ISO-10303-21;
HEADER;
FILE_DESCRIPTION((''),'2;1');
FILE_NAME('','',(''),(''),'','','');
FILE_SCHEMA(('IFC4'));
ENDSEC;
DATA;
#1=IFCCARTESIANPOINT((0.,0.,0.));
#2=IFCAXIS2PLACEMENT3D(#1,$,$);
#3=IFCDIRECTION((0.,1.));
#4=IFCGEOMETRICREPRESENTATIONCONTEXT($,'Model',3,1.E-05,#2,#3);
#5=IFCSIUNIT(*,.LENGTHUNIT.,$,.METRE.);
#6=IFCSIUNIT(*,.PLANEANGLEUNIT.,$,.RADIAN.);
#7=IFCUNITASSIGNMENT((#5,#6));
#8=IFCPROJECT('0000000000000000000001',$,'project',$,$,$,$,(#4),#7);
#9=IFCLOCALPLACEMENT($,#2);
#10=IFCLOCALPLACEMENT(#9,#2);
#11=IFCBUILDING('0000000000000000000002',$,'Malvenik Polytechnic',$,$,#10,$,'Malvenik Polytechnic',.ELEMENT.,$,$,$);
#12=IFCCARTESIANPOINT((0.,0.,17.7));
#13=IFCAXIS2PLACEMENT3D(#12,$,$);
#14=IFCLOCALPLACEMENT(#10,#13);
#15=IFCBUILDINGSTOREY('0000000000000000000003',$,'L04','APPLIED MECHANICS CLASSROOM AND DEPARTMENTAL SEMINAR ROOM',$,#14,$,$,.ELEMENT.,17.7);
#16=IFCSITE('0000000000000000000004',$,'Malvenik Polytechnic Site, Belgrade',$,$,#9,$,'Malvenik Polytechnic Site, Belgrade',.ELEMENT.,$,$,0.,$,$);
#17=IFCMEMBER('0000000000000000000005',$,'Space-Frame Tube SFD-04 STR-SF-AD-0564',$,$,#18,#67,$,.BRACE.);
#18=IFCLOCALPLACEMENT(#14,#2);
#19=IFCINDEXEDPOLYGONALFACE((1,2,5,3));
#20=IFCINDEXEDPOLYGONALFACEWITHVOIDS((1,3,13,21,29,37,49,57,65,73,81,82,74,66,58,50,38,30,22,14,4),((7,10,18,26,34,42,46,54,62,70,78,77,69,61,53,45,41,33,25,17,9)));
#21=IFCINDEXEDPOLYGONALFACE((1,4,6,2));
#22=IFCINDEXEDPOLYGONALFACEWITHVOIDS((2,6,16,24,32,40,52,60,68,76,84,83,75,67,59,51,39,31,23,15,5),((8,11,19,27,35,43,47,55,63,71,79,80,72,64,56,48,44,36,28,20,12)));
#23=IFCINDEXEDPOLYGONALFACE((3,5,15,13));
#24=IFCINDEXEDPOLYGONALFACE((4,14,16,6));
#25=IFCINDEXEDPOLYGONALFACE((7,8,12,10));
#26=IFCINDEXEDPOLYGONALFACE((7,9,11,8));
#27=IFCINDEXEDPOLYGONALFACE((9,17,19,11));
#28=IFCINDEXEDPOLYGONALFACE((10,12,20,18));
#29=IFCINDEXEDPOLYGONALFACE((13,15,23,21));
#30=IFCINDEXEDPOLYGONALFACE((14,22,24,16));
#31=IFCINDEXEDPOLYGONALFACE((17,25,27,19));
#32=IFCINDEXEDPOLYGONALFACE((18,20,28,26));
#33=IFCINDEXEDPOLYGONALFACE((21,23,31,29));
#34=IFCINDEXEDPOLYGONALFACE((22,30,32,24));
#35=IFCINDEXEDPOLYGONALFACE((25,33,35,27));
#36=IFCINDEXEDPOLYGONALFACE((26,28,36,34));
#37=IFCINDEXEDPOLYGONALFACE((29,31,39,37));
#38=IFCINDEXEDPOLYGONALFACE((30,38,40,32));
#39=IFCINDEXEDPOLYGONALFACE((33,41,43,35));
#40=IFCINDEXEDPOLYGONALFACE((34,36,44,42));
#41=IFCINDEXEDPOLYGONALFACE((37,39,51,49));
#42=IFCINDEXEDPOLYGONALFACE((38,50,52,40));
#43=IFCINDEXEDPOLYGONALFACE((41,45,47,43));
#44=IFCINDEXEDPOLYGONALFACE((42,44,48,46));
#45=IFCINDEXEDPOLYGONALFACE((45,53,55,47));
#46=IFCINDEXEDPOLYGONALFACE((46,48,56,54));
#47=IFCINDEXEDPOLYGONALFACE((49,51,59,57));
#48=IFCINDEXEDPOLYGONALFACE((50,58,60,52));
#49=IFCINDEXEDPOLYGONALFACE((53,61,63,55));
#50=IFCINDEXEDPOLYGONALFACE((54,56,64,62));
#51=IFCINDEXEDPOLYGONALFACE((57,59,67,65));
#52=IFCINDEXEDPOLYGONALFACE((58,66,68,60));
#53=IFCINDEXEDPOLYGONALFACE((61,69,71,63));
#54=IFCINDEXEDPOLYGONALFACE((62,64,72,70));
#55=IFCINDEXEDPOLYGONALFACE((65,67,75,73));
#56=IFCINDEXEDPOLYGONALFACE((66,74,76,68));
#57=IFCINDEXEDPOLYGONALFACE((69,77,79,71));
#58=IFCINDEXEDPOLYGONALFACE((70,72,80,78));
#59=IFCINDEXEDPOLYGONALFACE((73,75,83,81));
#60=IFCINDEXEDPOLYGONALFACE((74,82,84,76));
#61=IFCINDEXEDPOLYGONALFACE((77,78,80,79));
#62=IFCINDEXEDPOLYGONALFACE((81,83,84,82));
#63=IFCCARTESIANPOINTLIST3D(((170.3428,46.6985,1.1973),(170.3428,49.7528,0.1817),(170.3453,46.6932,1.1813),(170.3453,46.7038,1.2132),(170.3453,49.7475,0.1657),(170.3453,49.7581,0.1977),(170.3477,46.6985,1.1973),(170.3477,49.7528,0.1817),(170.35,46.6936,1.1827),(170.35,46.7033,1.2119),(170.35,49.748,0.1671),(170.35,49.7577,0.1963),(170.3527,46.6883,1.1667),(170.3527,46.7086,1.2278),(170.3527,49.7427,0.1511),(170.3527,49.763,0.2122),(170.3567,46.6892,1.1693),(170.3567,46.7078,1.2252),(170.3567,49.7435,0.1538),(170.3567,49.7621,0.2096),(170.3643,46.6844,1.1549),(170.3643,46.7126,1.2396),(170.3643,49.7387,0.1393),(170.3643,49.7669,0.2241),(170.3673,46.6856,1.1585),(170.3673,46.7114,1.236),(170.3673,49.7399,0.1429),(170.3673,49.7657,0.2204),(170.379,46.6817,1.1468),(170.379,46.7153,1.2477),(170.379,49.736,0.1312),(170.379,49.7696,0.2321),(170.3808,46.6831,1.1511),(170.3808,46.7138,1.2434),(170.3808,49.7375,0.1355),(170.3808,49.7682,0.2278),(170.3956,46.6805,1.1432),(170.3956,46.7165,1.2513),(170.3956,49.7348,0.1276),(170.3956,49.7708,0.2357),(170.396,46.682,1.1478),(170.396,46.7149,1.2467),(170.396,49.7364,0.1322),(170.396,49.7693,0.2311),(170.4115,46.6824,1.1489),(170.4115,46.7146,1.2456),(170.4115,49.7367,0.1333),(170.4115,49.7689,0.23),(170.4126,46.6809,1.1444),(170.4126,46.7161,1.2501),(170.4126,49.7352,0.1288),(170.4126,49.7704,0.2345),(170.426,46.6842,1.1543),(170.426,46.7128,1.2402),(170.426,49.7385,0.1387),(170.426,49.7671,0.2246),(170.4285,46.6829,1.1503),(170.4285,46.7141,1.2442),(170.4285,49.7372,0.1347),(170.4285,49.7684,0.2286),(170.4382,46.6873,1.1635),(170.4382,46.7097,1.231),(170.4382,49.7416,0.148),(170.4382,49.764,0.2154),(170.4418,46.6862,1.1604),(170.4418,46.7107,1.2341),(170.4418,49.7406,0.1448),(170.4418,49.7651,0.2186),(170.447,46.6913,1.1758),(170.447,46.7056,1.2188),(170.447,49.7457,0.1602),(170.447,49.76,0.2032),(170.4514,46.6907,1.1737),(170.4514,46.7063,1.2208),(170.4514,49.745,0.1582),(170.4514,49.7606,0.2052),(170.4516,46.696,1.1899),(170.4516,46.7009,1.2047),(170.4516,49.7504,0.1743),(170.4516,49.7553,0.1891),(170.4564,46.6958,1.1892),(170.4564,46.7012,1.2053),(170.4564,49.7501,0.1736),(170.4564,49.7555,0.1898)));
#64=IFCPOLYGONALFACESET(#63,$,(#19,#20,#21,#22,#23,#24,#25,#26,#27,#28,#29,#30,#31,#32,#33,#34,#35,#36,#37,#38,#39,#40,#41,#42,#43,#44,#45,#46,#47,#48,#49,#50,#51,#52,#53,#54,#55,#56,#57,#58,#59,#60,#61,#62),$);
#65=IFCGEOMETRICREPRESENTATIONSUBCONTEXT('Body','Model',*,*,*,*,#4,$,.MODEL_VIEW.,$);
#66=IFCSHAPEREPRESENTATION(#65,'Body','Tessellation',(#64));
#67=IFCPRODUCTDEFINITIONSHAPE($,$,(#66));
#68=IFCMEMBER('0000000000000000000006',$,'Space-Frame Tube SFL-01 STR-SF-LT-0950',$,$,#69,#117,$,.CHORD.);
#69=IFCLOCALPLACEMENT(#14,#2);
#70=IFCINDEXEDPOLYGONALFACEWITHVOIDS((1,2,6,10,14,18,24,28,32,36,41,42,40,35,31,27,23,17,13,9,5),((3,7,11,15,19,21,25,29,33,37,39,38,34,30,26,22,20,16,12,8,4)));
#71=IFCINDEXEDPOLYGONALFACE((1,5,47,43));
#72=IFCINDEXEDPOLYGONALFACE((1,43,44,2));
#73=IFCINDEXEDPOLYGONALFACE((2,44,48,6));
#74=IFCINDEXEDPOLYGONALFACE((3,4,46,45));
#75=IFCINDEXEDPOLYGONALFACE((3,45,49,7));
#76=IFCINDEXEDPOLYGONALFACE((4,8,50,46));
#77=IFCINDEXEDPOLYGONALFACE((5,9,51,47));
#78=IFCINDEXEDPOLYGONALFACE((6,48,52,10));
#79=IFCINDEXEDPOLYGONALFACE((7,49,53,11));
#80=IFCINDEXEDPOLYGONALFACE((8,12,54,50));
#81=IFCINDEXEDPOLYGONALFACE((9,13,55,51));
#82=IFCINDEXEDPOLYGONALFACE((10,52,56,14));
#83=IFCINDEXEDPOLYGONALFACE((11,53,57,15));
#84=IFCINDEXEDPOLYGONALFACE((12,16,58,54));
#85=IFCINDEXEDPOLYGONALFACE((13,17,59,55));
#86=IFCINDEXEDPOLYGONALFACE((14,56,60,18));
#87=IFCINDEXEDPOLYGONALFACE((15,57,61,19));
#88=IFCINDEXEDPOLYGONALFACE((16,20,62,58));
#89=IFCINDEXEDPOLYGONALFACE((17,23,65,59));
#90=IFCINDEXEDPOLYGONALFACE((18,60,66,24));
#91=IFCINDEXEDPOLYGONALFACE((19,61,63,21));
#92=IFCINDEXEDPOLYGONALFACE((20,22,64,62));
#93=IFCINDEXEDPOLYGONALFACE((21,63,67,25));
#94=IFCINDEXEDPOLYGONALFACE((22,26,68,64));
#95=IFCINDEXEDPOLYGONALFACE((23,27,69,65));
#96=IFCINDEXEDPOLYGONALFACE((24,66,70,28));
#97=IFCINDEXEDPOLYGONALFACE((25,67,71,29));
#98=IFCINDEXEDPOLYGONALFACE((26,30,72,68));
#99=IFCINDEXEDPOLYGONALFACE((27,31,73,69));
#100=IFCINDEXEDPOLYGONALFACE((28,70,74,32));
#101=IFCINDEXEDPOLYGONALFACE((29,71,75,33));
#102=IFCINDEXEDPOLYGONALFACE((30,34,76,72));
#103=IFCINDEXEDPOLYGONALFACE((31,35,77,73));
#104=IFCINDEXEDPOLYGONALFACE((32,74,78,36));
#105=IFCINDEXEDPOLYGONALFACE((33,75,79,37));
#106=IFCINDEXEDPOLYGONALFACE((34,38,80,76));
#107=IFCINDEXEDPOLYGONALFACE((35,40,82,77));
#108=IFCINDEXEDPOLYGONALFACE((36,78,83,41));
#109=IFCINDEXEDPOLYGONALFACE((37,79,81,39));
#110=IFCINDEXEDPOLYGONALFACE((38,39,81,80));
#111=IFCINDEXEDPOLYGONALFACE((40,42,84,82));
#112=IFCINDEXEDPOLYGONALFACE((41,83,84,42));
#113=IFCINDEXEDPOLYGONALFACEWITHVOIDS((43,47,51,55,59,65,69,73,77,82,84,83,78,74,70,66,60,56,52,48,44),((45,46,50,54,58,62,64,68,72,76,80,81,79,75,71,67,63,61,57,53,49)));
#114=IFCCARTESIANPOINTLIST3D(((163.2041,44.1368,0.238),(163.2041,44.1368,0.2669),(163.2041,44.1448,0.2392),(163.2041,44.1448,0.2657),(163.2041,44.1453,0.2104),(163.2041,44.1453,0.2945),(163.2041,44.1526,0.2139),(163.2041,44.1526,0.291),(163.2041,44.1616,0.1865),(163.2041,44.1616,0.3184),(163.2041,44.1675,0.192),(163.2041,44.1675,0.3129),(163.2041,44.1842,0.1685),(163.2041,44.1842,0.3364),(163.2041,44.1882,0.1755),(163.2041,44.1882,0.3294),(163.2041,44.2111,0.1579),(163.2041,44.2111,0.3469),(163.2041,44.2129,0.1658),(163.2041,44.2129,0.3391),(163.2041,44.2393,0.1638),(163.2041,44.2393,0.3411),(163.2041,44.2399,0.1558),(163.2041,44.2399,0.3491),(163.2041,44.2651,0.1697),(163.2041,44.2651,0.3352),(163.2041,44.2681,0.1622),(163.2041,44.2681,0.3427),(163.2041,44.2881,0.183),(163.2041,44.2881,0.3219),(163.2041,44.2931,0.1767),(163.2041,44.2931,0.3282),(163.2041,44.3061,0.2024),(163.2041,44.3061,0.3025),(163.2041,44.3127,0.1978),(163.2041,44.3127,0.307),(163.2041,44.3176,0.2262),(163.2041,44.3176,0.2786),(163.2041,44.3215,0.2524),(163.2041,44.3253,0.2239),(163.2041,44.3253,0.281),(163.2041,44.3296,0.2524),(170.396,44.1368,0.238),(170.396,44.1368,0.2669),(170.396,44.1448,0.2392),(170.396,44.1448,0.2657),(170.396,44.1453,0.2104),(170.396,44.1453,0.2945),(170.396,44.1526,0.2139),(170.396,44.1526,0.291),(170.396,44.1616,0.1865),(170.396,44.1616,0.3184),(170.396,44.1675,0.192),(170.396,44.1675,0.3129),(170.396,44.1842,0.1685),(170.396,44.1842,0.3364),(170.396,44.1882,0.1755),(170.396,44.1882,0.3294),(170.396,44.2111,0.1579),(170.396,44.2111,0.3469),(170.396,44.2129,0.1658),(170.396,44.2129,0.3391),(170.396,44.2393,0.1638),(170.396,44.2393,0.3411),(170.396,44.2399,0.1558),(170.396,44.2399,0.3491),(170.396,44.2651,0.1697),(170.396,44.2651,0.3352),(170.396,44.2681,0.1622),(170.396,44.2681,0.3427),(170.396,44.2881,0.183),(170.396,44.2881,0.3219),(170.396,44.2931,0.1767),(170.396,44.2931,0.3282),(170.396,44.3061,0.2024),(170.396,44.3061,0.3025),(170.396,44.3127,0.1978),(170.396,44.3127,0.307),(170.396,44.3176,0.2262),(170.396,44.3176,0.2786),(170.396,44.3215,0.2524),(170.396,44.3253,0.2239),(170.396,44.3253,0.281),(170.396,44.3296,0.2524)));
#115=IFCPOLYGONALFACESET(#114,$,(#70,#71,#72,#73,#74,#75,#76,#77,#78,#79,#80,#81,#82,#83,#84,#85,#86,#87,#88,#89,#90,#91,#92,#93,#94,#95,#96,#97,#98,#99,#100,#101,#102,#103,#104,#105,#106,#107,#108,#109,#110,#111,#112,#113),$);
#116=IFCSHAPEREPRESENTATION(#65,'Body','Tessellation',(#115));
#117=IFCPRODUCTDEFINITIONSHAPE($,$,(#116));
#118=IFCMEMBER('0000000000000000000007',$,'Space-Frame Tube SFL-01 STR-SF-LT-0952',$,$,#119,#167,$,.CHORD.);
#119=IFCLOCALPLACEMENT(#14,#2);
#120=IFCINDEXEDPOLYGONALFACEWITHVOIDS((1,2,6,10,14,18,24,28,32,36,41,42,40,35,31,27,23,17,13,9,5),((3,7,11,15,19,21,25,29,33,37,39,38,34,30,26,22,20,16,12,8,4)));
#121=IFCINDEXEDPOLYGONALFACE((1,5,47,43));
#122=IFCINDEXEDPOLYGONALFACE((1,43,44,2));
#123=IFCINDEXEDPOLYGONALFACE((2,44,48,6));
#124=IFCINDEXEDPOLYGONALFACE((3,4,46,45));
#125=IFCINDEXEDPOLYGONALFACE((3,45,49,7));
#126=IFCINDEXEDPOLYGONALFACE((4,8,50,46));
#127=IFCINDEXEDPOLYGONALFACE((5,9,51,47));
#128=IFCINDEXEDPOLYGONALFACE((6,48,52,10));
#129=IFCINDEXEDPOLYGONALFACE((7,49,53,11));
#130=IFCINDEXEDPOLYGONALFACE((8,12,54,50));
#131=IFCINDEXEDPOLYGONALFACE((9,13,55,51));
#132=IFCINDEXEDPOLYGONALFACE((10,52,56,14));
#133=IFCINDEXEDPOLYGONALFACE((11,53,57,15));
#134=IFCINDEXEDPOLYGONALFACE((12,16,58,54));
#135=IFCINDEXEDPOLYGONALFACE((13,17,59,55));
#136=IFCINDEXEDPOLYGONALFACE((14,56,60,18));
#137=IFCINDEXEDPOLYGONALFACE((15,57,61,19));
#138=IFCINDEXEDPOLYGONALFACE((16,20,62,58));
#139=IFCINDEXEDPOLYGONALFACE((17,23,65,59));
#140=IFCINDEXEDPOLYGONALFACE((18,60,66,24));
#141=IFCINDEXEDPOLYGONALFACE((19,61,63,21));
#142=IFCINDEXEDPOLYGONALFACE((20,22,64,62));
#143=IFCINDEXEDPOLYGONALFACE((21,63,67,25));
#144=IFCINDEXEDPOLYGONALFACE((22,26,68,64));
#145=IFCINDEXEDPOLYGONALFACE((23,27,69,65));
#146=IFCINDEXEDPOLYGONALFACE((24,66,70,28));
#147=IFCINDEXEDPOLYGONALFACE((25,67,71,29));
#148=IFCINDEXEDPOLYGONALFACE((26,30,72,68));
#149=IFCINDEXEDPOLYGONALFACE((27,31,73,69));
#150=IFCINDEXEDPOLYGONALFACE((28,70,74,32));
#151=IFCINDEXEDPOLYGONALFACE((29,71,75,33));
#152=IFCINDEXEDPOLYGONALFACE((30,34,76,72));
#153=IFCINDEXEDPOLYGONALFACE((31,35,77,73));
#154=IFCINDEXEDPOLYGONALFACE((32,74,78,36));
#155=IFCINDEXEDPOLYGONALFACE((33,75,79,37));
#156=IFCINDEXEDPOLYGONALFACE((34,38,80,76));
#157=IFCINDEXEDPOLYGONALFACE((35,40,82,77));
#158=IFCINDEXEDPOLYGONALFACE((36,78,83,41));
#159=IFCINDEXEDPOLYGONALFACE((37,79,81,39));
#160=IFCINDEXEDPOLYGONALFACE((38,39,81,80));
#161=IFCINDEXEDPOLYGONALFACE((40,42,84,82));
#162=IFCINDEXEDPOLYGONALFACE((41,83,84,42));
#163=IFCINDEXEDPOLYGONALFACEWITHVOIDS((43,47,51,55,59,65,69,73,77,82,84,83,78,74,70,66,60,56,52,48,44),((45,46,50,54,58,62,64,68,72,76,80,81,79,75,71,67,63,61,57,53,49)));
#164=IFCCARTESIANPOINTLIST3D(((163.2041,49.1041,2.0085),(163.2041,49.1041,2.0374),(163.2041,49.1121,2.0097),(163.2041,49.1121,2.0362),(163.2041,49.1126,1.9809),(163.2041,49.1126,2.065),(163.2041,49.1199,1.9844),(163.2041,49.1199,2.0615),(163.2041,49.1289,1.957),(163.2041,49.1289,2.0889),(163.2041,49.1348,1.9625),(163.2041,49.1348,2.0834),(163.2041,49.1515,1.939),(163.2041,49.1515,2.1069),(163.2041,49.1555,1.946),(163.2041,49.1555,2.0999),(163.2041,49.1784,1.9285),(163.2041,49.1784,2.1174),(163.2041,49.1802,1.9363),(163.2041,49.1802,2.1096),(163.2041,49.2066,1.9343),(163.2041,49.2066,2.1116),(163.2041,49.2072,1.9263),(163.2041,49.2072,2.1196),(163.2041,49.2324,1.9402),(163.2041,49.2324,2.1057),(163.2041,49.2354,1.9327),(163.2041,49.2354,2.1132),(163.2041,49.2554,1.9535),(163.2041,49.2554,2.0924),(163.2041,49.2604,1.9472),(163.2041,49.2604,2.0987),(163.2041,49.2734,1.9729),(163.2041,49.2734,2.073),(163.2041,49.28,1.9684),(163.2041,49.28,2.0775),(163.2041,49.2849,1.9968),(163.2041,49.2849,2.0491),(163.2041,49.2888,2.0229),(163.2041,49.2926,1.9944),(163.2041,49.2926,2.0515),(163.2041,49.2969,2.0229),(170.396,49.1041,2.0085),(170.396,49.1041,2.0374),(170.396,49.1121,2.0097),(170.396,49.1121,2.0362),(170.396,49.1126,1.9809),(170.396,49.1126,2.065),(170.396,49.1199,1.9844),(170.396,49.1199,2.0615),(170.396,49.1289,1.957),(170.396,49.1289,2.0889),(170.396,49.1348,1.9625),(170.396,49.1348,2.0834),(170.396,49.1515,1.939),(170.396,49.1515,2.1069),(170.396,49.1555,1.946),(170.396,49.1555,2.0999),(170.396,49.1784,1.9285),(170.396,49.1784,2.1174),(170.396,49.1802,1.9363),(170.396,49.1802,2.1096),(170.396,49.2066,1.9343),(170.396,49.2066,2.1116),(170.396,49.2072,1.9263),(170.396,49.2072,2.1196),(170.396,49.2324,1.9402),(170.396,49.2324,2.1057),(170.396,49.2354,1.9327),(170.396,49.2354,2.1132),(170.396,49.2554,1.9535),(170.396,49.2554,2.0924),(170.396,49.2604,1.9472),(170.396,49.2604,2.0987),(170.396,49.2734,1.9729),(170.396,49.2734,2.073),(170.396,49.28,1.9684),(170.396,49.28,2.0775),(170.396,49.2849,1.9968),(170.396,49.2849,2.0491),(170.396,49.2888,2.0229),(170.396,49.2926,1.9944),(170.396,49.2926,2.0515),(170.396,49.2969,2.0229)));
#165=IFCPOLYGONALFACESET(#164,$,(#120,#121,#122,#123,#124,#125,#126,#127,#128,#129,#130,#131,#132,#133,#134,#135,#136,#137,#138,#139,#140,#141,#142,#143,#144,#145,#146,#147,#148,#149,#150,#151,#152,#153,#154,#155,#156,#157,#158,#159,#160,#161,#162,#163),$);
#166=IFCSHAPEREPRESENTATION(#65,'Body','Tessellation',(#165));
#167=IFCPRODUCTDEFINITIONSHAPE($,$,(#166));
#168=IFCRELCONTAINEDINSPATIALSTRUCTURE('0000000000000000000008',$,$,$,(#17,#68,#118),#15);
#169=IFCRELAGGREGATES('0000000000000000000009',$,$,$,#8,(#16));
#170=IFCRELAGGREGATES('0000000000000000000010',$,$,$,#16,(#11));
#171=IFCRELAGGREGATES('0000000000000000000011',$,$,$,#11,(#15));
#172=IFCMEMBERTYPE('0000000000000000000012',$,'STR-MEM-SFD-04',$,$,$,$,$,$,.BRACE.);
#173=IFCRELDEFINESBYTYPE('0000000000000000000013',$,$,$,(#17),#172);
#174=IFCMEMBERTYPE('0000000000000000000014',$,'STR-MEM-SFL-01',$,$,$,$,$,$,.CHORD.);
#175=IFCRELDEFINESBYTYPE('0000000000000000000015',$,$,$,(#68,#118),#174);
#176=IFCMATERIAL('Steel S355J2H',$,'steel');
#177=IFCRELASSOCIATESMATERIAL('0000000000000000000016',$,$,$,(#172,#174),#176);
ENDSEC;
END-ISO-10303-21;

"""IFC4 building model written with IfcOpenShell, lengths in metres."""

from ifc_helpers import new_model, si_unit, direction, frame, origin, origin_2d, place, context, subcontext, project, spatial, hollow_circle, extrude, material, material_profile, profile_set, type_object, element, save


model = new_model("IFC4")

# Units and contexts
model_context = context("Model", 3, precision=1e-05, world=origin(), true_north=direction((0.0, 1.0)))
body_context = subcontext(model_context, "Body", "Model", "MODEL_VIEW")
ifc_project = project(units=[si_unit("LENGTHUNIT", "METRE"), si_unit("PLANEANGLEUNIT", "RADIAN")], contexts=[model_context])

# Site, building, storey
site_placement = place(None, origin())
site = spatial("IfcSite", under=ifc_project, at=site_placement, Name="Malvenik Polytechnic Site, Belgrade", LongName="Malvenik Polytechnic Site, Belgrade", CompositionType="ELEMENT", RefElevation=0.0)
building_placement = place(site_placement, origin())
building = spatial("IfcBuilding", under=site, at=building_placement, Name="Malvenik Polytechnic", LongName="Malvenik Polytechnic", CompositionType="ELEMENT")
storey_placement = place(building_placement, frame((0.0, 0.0, 17.7)))
storey = spatial("IfcBuildingStorey", under=building, at=storey_placement, Name="L04", Description="APPLIED MECHANICS CLASSROOM AND DEPARTMENTAL SEMINAR ROOM", CompositionType="ELEMENT", Elevation=17.7)

# Members
ifc_material = material(Name="Steel S355J2H", Category="steel")
ifc_material_profile_1 = material_profile(ifc_material, hollow_circle(Radius=0.0571, WallThickness=0.0049, at=origin_2d()), Name="CHS 114.3x5.0")
ifc_profile_set_1 = profile_set([ifc_material_profile_1], Name="Steel S355J2H")
member_type_1 = type_object("IfcMemberType", Name="STR-MEM-SFD-04", PredefinedType="BRACE", material=ifc_profile_set_1)
for number, where, z_axis, x_axis, name in (
    (1, (170.3999, 46.6985, 1.1973), (0.0, 0.948918, -0.315522), (-1.0, 0.0, 0.0), "Space-Frame Tube SFD-04 STR-SF-AD-0564"),
):
    element("IfcMember", number, at=place(storey_placement, frame(where, z_axis=z_axis, x_axis=x_axis)), inside=storey, type_object=member_type_1, Name=name, PredefinedType="BRACE", context=body_context, shape_type="SweptSolid", body=[
        extrude(hollow_circle(Radius=0.0571, WallThickness=0.0049, at=origin_2d()), origin(), (0.0, 0.0, 1.0), 3.2188),
    ])
ifc_material_profile_2 = material_profile(ifc_material, hollow_circle(Radius=0.0969, WallThickness=0.0081, at=origin_2d()), Name="CHS 193.7x8.0")
ifc_profile_set_2 = profile_set([ifc_material_profile_2], Name="Steel S355J2H")
member_type_2 = type_object("IfcMemberType", Name="STR-MEM-SFL-01", PredefinedType="CHORD", material=ifc_profile_set_2)
for number, where, z_axis, x_axis, name in (
    (2, (163.2041, 44.2327, 0.2524), (1.0, 0.0, 0.0), (0.0, 1.0, 0.0), "Space-Frame Tube SFL-01 STR-SF-LT-0950"),
    (3, (163.2041, 49.2, 2.0229), (1.0, 0.0, 0.0), (0.0, 1.0, 0.0), "Space-Frame Tube SFL-01 STR-SF-LT-0952"),
):
    element("IfcMember", number, at=place(storey_placement, frame(where, z_axis=z_axis, x_axis=x_axis)), inside=storey, type_object=member_type_2, Name=name, PredefinedType="CHORD", context=body_context, shape_type="SweptSolid", body=[
        extrude(hollow_circle(Radius=0.0969, WallThickness=0.0081, at=origin_2d()), origin(), (0.0, 0.0, 1.0), 7.1919),
    ])

save(model, "model.ifc")
